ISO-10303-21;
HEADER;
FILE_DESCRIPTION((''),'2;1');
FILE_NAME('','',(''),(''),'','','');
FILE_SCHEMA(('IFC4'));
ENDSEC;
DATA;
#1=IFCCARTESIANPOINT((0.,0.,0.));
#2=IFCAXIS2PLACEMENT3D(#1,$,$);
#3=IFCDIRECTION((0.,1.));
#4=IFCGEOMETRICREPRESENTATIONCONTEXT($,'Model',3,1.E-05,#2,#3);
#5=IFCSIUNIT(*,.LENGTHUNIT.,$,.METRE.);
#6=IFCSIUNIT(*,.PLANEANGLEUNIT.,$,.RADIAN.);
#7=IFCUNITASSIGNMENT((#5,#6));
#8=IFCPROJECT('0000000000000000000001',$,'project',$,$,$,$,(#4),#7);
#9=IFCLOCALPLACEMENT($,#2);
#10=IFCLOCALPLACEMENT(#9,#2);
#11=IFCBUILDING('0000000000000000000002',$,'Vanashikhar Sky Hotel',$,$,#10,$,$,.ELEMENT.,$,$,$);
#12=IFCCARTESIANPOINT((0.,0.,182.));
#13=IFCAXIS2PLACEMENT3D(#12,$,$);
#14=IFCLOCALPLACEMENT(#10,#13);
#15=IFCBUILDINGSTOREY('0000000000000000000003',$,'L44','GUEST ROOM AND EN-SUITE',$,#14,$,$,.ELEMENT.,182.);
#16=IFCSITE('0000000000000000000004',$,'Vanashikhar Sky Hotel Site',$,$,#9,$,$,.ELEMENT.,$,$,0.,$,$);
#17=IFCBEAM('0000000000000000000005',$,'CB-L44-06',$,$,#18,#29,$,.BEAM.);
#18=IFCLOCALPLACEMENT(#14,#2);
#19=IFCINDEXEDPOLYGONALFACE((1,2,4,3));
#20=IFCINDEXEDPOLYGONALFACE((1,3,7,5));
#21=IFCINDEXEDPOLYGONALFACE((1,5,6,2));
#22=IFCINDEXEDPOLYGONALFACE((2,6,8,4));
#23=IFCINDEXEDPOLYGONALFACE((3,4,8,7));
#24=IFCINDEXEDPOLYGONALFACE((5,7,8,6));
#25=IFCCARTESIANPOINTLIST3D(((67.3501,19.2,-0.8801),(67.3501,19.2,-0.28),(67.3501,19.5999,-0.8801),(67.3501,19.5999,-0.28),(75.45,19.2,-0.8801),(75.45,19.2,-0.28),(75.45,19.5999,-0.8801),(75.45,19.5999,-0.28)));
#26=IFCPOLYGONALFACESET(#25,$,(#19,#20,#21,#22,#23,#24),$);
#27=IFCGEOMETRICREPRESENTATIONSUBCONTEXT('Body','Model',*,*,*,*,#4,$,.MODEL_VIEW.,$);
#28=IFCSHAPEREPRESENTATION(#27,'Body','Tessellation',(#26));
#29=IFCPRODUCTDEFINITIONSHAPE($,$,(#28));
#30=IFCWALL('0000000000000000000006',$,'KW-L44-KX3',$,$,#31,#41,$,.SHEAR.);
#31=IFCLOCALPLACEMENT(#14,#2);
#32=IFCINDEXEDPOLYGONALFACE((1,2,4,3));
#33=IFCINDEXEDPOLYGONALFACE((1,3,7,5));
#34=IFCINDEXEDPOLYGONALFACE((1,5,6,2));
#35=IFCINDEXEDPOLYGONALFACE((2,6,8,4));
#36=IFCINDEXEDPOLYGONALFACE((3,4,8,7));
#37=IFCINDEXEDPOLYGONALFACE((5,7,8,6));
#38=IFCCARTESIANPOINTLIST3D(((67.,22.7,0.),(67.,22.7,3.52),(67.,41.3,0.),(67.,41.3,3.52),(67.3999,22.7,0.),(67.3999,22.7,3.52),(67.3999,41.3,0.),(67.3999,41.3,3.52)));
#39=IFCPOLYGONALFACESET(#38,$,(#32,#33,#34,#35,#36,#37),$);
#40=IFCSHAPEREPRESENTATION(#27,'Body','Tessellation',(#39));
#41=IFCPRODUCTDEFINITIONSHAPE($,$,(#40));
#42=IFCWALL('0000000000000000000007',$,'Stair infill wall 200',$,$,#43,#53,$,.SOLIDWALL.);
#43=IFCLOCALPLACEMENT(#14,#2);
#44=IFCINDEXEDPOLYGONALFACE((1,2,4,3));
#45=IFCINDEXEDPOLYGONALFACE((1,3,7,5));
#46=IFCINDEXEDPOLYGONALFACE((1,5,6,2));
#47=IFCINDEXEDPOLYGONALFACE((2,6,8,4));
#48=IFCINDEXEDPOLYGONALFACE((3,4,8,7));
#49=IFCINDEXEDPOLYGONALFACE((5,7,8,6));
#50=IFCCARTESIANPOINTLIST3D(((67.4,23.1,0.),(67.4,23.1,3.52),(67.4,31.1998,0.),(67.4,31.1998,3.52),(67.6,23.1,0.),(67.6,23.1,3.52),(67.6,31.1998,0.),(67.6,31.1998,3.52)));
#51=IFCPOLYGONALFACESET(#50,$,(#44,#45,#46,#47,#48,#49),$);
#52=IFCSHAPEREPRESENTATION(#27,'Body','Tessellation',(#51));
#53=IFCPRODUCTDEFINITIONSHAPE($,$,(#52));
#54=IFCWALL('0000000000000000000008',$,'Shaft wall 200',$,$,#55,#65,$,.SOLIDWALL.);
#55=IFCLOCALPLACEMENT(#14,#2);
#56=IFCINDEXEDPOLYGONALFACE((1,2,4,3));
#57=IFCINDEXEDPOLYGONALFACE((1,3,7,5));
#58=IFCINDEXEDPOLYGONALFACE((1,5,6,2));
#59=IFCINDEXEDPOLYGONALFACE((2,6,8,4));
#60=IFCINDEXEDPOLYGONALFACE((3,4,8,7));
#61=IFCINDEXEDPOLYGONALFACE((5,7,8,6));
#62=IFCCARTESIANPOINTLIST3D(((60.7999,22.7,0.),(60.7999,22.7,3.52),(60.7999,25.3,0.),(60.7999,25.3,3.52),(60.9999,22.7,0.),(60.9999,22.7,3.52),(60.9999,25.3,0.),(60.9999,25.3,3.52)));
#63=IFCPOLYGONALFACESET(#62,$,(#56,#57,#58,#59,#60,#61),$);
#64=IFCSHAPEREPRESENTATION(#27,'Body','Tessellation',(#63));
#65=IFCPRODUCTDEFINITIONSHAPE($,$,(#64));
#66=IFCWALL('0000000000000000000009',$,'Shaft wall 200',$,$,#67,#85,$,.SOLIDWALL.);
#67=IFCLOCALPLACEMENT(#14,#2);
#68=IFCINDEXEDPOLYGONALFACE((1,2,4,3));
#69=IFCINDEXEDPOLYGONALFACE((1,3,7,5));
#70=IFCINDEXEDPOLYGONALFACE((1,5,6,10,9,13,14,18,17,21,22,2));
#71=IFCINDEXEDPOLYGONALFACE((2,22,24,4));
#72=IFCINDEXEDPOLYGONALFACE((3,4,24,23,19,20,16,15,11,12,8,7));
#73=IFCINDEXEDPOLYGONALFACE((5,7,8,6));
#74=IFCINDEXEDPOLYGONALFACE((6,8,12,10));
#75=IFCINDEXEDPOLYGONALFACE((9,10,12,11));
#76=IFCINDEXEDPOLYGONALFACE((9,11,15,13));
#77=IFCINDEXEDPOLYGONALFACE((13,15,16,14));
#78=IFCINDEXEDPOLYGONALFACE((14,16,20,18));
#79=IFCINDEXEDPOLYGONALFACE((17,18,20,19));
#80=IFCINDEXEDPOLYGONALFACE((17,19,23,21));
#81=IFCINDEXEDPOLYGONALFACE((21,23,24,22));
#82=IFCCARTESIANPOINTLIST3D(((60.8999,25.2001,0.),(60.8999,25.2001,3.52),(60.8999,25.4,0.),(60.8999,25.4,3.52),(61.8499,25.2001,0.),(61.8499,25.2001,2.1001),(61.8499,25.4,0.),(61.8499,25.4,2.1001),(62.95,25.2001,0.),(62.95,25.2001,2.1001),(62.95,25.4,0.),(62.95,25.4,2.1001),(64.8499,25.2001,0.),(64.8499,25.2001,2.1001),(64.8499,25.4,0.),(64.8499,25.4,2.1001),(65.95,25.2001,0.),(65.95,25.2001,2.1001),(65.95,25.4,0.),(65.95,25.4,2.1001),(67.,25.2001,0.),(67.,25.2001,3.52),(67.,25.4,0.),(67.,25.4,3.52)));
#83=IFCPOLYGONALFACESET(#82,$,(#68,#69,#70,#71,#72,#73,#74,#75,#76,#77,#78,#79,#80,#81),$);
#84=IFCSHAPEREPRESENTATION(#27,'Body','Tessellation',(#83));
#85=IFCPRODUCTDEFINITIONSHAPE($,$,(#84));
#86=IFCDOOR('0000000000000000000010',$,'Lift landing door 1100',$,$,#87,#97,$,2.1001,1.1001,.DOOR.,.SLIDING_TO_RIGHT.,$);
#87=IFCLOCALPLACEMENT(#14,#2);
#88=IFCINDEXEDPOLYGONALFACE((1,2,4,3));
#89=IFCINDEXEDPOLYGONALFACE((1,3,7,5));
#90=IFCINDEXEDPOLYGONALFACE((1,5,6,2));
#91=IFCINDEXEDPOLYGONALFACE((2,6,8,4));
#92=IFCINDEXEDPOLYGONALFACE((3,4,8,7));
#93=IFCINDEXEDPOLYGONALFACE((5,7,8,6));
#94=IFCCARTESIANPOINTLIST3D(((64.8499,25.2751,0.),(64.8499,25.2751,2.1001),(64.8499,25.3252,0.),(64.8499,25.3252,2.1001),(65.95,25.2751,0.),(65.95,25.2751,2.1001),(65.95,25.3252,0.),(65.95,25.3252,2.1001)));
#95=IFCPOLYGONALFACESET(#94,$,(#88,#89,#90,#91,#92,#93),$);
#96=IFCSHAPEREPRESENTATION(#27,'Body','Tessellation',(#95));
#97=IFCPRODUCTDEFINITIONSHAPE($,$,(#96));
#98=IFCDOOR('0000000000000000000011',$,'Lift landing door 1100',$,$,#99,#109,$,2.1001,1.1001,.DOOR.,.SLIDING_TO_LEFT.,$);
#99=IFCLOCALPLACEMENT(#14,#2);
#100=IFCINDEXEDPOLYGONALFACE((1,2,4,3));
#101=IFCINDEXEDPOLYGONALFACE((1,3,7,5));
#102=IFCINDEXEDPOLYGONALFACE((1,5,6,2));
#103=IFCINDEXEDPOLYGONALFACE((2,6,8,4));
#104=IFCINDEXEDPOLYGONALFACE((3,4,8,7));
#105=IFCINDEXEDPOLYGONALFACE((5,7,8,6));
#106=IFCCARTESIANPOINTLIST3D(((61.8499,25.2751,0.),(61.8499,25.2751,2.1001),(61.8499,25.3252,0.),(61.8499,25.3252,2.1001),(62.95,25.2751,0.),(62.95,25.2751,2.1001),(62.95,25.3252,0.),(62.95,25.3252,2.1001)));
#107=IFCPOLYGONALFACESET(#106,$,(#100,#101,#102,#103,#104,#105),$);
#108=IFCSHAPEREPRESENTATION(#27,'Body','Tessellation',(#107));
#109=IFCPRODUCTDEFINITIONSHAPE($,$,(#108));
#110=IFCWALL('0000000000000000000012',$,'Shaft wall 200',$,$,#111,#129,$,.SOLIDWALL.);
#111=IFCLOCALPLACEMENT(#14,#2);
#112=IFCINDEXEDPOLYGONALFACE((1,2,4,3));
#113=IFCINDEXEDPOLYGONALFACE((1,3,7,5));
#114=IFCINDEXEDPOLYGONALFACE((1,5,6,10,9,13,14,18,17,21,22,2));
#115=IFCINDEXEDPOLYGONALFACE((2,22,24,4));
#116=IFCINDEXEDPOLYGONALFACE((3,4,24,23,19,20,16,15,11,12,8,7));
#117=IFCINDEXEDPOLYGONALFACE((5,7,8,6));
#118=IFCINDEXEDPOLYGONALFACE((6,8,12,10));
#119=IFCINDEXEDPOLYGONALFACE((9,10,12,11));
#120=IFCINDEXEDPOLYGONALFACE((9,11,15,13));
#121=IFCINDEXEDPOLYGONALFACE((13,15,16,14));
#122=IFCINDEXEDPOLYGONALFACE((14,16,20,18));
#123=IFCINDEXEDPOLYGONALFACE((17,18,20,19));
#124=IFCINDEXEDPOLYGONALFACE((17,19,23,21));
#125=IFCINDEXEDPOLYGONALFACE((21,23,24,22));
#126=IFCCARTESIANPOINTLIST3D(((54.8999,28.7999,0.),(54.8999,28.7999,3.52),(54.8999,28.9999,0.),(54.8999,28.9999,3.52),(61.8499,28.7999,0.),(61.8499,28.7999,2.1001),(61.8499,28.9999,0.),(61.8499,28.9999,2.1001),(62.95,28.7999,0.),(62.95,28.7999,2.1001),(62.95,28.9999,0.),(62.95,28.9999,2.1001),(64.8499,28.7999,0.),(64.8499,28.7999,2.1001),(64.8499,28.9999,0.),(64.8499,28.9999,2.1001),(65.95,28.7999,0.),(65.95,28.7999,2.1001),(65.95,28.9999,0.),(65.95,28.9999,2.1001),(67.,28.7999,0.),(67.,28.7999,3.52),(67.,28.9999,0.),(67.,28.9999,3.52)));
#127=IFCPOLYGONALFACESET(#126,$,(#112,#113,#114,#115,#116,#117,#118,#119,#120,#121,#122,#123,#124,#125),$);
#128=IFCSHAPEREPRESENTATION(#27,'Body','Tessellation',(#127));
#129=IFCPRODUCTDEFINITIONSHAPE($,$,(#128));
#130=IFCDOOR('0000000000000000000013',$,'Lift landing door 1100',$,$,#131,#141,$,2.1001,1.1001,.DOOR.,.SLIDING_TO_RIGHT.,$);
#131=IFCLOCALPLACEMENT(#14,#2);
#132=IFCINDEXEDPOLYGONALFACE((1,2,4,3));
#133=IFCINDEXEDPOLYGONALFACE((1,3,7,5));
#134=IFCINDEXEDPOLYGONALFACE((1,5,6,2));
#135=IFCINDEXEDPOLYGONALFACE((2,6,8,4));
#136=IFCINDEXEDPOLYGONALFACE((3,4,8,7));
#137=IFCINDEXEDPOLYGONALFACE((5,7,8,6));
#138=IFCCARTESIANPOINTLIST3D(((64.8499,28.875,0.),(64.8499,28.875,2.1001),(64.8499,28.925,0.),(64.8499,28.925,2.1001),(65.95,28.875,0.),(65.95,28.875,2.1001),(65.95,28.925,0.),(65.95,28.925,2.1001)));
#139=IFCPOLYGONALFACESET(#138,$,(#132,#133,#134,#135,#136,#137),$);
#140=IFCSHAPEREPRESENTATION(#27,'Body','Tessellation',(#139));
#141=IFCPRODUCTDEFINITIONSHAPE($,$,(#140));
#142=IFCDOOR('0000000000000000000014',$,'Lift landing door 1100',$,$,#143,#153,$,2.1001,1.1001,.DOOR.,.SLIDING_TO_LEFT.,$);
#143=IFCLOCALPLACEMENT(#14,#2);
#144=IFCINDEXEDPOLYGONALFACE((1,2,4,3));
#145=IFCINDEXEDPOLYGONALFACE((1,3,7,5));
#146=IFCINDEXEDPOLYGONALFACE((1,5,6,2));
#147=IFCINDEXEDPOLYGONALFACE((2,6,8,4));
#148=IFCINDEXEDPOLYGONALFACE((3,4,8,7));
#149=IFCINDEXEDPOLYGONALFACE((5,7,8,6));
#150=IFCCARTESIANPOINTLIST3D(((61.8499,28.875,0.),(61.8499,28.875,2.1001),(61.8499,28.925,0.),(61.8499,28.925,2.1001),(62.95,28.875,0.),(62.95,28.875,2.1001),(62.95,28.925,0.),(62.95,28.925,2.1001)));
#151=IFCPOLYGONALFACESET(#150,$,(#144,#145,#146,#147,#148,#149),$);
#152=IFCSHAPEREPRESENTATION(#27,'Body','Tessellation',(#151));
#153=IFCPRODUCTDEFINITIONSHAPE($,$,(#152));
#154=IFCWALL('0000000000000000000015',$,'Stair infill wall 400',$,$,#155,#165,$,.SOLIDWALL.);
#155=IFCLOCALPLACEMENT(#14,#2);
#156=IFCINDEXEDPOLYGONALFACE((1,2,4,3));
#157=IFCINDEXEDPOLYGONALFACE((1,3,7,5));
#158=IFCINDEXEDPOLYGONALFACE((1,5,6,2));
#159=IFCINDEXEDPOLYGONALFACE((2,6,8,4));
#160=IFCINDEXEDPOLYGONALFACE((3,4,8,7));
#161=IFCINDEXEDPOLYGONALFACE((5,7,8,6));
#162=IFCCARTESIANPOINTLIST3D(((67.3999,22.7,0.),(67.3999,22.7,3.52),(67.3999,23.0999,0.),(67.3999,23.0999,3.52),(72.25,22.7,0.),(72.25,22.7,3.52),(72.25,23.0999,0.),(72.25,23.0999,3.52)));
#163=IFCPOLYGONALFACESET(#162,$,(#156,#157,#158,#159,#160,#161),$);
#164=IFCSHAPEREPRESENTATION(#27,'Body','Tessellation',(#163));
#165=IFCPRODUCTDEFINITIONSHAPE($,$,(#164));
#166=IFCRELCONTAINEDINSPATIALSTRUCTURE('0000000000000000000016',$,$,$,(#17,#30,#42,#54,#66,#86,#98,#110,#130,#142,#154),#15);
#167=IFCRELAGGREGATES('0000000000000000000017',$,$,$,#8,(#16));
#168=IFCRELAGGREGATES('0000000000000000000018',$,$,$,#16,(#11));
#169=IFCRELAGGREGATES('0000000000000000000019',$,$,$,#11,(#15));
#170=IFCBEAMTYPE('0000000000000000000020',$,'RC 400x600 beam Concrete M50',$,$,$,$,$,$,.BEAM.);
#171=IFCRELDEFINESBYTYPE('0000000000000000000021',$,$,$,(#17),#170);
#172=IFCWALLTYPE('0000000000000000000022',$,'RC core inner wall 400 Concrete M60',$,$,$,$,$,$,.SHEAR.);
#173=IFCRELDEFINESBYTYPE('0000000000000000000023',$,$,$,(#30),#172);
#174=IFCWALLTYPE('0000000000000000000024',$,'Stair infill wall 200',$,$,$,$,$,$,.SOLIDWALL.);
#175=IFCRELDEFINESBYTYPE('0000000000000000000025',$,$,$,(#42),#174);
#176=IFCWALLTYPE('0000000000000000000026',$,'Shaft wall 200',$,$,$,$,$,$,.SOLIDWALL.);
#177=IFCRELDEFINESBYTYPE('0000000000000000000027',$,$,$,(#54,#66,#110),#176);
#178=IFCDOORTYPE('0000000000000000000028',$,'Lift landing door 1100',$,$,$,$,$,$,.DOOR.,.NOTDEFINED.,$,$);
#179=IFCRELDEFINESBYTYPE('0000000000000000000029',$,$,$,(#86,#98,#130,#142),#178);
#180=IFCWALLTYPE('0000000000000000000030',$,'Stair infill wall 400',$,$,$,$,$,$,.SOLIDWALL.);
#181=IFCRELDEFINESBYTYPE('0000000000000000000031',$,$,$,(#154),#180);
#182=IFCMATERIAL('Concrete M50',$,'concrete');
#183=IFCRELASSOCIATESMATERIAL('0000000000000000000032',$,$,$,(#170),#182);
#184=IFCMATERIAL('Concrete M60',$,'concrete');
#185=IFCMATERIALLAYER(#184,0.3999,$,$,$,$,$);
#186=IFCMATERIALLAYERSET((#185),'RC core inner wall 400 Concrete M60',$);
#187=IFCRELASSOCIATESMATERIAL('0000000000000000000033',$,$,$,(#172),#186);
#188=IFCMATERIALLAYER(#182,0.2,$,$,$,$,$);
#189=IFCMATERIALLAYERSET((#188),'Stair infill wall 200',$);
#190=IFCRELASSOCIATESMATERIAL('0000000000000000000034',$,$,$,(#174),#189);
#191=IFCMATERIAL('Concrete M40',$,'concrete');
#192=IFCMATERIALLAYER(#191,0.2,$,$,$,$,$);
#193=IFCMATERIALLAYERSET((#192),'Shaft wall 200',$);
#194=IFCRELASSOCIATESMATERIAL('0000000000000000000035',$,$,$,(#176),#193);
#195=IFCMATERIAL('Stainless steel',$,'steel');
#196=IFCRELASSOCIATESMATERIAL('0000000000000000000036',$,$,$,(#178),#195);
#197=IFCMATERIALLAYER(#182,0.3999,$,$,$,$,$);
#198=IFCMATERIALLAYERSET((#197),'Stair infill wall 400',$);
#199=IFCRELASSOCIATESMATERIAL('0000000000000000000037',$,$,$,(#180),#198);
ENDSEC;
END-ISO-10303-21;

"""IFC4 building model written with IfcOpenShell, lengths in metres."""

from ifc_helpers import new_model, si_unit, direction, frame, frame_2d, origin, origin_2d, place, context, subcontext, project, spatial, rectangle, extrude, source, transform, mapped, material, layer, layer_set, material_profile, profile_set, type_object, element, fill, save


model = new_model("IFC4")

# Units and contexts
model_context = context("Model", 3, precision=1e-05, world=origin(), true_north=direction((0.0, 1.0)))
body_context = subcontext(model_context, "Body", "Model", "MODEL_VIEW")
ifc_project = project(units=[si_unit("LENGTHUNIT", "METRE"), si_unit("PLANEANGLEUNIT", "RADIAN")], contexts=[model_context])

# Site, building, storey
site_placement = place(None, origin())
site = spatial("IfcSite", under=ifc_project, at=site_placement, Name="Vanashikhar Sky Hotel Site", CompositionType="ELEMENT", RefElevation=0.0)
building_placement = place(site_placement, origin())
building = spatial("IfcBuilding", under=site, at=building_placement, Name="Vanashikhar Sky Hotel", CompositionType="ELEMENT")
storey_placement = place(building_placement, frame((0.0, 0.0, 182.0)))
storey = spatial("IfcBuildingStorey", under=building, at=storey_placement, Name="L44", Description="GUEST ROOM AND EN-SUITE", CompositionType="ELEMENT", Elevation=182.0)

# Beam
ifc_material_1 = material(Name="Concrete M50", Category="concrete")
ifc_material_profile = material_profile(ifc_material_1, rectangle(XDim=0.3999, YDim=0.6001, at=origin_2d()))
ifc_profile_set = profile_set([ifc_material_profile], Name="RC 400x600 beam Concrete M50")
beam_type = type_object("IfcBeamType", Name="RC 400x600 beam Concrete M50", PredefinedType="BEAM", material=ifc_profile_set)
shared_shape_1 = source(origin(), body_context, "Body", "SweptSolid", [
    extrude(rectangle(XDim=0.3999, YDim=0.6001, at=origin_2d()), origin(), (0.0, 0.0, 1.0), 8.0999),
])
beam_placement = place(storey_placement, frame((67.3501, 19.3999, -0.5801), z_axis=(1.0, 0.0, 0.0), x_axis=(0.0, 1.0, 0.0)))
element("IfcBeam", 1, at=beam_placement, inside=storey, type_object=beam_type, Name="CB-L44-06", PredefinedType="BEAM", context=body_context, shape_type="MappedRepresentation", body=[
    mapped(shared_shape_1, transform((0.0, 0.0, 0.0), scale=1.0)),
])

# Walls
ifc_material_2 = material(Name="Concrete M60", Category="concrete")
ifc_layer_1 = layer(ifc_material_2, 0.3999)
ifc_layer_set_1 = layer_set([ifc_layer_1], Name="RC core inner wall 400 Concrete M60")
wall_type_1 = type_object("IfcWallType", Name="RC core inner wall 400 Concrete M60", PredefinedType="SHEAR", material=ifc_layer_set_1)
shared_shape_2 = source(origin(), body_context, "Body", "SweptSolid", [
    extrude(rectangle(XDim=18.6001, YDim=0.3999, at=frame_2d((9.3, 0.0))), origin(), (0.0, 0.0, 1.0), 3.52),
])
wall_1_placement = place(storey_placement, frame((67.2, 22.7, 0.0), z_axis=(0.0, 0.0, 1.0), x_axis=(0.0, 1.0, 0.0)))
element("IfcWall", 2, at=wall_1_placement, inside=storey, type_object=wall_type_1, Name="KW-L44-KX3", PredefinedType="SHEAR", context=body_context, shape_type="MappedRepresentation", body=[
    mapped(shared_shape_2, transform((0.0, 0.0, 0.0), scale=1.0)),
])
ifc_layer_2 = layer(ifc_material_1, 0.2)
ifc_layer_set_2 = layer_set([ifc_layer_2], Name="Stair infill wall 200")
wall_type_2 = type_object("IfcWallType", Name="Stair infill wall 200", PredefinedType="SOLIDWALL", material=ifc_layer_set_2)
shared_shape_3 = source(origin(), body_context, "Body", "SweptSolid", [
    extrude(rectangle(XDim=8.0999, YDim=0.2, at=frame_2d((4.0498, 0.0))), origin(), (0.0, 0.0, 1.0), 3.52),
])
wall_2_placement = place(storey_placement, frame((67.5, 23.1001, 0.0), z_axis=(0.0, 0.0, 1.0), x_axis=(0.0, 1.0, 0.0)))
element("IfcWall", 3, at=wall_2_placement, inside=storey, type_object=wall_type_2, Name="Stair infill wall 200", PredefinedType="SOLIDWALL", context=body_context, shape_type="MappedRepresentation", body=[
    mapped(shared_shape_3, transform((0.0, 0.0, 0.0), scale=1.0)),
])
ifc_material_3 = material(Name="Concrete M40", Category="concrete")
ifc_layer_3 = layer(ifc_material_3, 0.2)
ifc_layer_set_3 = layer_set([ifc_layer_3], Name="Shaft wall 200")
wall_type_3 = type_object("IfcWallType", Name="Shaft wall 200", PredefinedType="SOLIDWALL", material=ifc_layer_set_3)
shared_shape_4 = source(origin(), body_context, "Body", "SweptSolid", [
    extrude(rectangle(XDim=2.6001, YDim=0.2, at=frame_2d((1.3, 0.0))), origin(), (0.0, 0.0, 1.0), 3.52),
])
wall_3_placement = place(storey_placement, frame((60.8999, 22.7, 0.0), z_axis=(0.0, 0.0, 1.0), x_axis=(0.0, 1.0, 0.0)))
element("IfcWall", 4, at=wall_3_placement, inside=storey, type_object=wall_type_3, Name="Shaft wall 200", PredefinedType="SOLIDWALL", context=body_context, shape_type="MappedRepresentation", body=[
    mapped(shared_shape_4, transform((0.0, 0.0, 0.0), scale=1.0)),
])

# Walls, openings, doors
shared_shape_5 = source(origin(), body_context, "Body", "SweptSolid", [
    extrude(rectangle(XDim=6.1001, YDim=0.2, at=frame_2d((3.05, 0.0))), origin(), (0.0, 0.0, 1.0), 3.52),
])
wall_4_placement = place(storey_placement, frame((67.0, 25.3, 0.0), z_axis=(0.0, 0.0, 1.0), x_axis=(-1.0, 0.0, 0.0)))
wall_4 = element("IfcWall", 5, at=wall_4_placement, inside=storey, type_object=wall_type_3, Name="Shaft wall 200", PredefinedType="SOLIDWALL", context=body_context, shape_type="MappedRepresentation", body=[
    mapped(shared_shape_5, transform((0.0, 0.0, 0.0), scale=1.0)),
])
shared_shape_6 = source(origin(), body_context, "Body", "SweptSolid", [
    extrude(rectangle(XDim=1.1001, YDim=2.1001, at=frame_2d((0.55, 1.05))), frame((0.0, 0.1099, 0.0), z_axis=(0.0, -1.0, 0.0), x_axis=(1.0, 0.0, 0.0)), (0.0, 0.0, 1.0), 0.22),
])
opening_1_placement = place(wall_4_placement, frame((1.05, 0.0, 0.0)))
opening_1 = element("IfcOpeningElement", 6, at=opening_1_placement, cuts=wall_4, PredefinedType="OPENING", context=body_context, shape_type="MappedRepresentation", body=[
    mapped(shared_shape_6, transform((0.0, 0.0, 0.0), scale=1.0)),
])
opening_2_placement = place(wall_4_placement, frame((4.05, 0.0, 0.0)))
opening_2 = element("IfcOpeningElement", 7, at=opening_2_placement, cuts=wall_4, PredefinedType="OPENING", context=body_context, shape_type="MappedRepresentation", body=[
    mapped(shared_shape_6, transform((0.0, 0.0, 0.0), scale=1.0)),
])
ifc_material_4 = material(Name="Stainless steel", Category="steel")
door_type_1 = type_object("IfcDoorType", Name="Lift landing door 1100", OperationType="NOTDEFINED", PredefinedType="DOOR", material=ifc_material_4)
shared_shape_7 = source(origin(), body_context, "Body", "SweptSolid", [
    extrude(rectangle(XDim=1.1001, YDim=2.1001, at=frame_2d((0.55, 1.05))), frame((0.0, 0.0249, 0.0), z_axis=(0.0, -1.0, 0.0), x_axis=(1.0, 0.0, 0.0)), (0.0, 0.0, 1.0), 0.05),
])
door_1_placement = place(opening_1_placement, origin())
door_1 = element("IfcDoor", 8, at=door_1_placement, inside=storey, type_object=door_type_1, Name="Lift landing door 1100", OperationType="SLIDING_TO_RIGHT", OverallHeight=2.1001, OverallWidth=1.1001, PredefinedType="DOOR", context=body_context, shape_type="MappedRepresentation", body=[
    mapped(shared_shape_7, transform((0.0, 0.0, 0.0), scale=1.0)),
])
fill(opening_1, door_1)
door_2_placement = place(opening_2_placement, origin())
door_2 = element("IfcDoor", 9, at=door_2_placement, inside=storey, type_object=door_type_1, Name="Lift landing door 1100", OperationType="SLIDING_TO_LEFT", OverallHeight=2.1001, OverallWidth=1.1001, PredefinedType="DOOR", context=body_context, shape_type="MappedRepresentation", body=[
    mapped(shared_shape_7, transform((0.0, 0.0, 0.0), scale=1.0)),
])
fill(opening_2, door_2)
shared_shape_8 = source(origin(), body_context, "Body", "SweptSolid", [
    extrude(rectangle(XDim=12.1001, YDim=0.2, at=frame_2d((6.05, 0.0))), origin(), (0.0, 0.0, 1.0), 3.52),
])
wall_5_placement = place(storey_placement, frame((67.0, 28.8999, 0.0), z_axis=(0.0, 0.0, 1.0), x_axis=(-1.0, 0.0, 0.0)))
wall_5 = element("IfcWall", 10, at=wall_5_placement, inside=storey, type_object=wall_type_3, Name="Shaft wall 200", PredefinedType="SOLIDWALL", context=body_context, shape_type="MappedRepresentation", body=[
    mapped(shared_shape_8, transform((0.0, 0.0, 0.0), scale=1.0)),
])
opening_3_placement = place(wall_5_placement, frame((1.05, 0.0, 0.0)))
opening_3 = element("IfcOpeningElement", 11, at=opening_3_placement, cuts=wall_5, PredefinedType="OPENING", context=body_context, shape_type="MappedRepresentation", body=[
    mapped(shared_shape_6, transform((0.0, 0.0, 0.0), scale=1.0)),
])
opening_4_placement = place(wall_5_placement, frame((4.05, 0.0, 0.0)))
opening_4 = element("IfcOpeningElement", 12, at=opening_4_placement, cuts=wall_5, PredefinedType="OPENING", context=body_context, shape_type="MappedRepresentation", body=[
    mapped(shared_shape_6, transform((0.0, 0.0, 0.0), scale=1.0)),
])
door_3_placement = place(opening_3_placement, origin())
door_3 = element("IfcDoor", 13, at=door_3_placement, inside=storey, type_object=door_type_1, Name="Lift landing door 1100", OperationType="SLIDING_TO_RIGHT", OverallHeight=2.1001, OverallWidth=1.1001, PredefinedType="DOOR", context=body_context, shape_type="MappedRepresentation", body=[
    mapped(shared_shape_7, transform((0.0, 0.0, 0.0), scale=1.0)),
])
fill(opening_3, door_3)
door_4_placement = place(opening_4_placement, origin())
door_4 = element("IfcDoor", 14, at=door_4_placement, inside=storey, type_object=door_type_1, Name="Lift landing door 1100", OperationType="SLIDING_TO_LEFT", OverallHeight=2.1001, OverallWidth=1.1001, PredefinedType="DOOR", context=body_context, shape_type="MappedRepresentation", body=[
    mapped(shared_shape_7, transform((0.0, 0.0, 0.0), scale=1.0)),
])
fill(opening_4, door_4)

# Wall
ifc_layer_4 = layer(ifc_material_1, 0.3999)
ifc_layer_set_4 = layer_set([ifc_layer_4], Name="Stair infill wall 400")
wall_type_4 = type_object("IfcWallType", Name="Stair infill wall 400", PredefinedType="SOLIDWALL", material=ifc_layer_set_4)
shared_shape_9 = source(origin(), body_context, "Body", "SweptSolid", [
    extrude(rectangle(XDim=4.8501, YDim=0.3999, at=frame_2d((2.425, 0.0))), origin(), (0.0, 0.0, 1.0), 3.52),
])
wall_6_placement = place(storey_placement, frame((67.3999, 22.8999, 0.0), z_axis=(0.0, 0.0, 1.0), x_axis=(1.0, 0.0, 0.0)))
element("IfcWall", 15, at=wall_6_placement, inside=storey, type_object=wall_type_4, Name="Stair infill wall 400", PredefinedType="SOLIDWALL", context=body_context, shape_type="MappedRepresentation", body=[
    mapped(shared_shape_9, transform((0.0, 0.0, 0.0), scale=1.0)),
])

save(model, "model.ifc")
